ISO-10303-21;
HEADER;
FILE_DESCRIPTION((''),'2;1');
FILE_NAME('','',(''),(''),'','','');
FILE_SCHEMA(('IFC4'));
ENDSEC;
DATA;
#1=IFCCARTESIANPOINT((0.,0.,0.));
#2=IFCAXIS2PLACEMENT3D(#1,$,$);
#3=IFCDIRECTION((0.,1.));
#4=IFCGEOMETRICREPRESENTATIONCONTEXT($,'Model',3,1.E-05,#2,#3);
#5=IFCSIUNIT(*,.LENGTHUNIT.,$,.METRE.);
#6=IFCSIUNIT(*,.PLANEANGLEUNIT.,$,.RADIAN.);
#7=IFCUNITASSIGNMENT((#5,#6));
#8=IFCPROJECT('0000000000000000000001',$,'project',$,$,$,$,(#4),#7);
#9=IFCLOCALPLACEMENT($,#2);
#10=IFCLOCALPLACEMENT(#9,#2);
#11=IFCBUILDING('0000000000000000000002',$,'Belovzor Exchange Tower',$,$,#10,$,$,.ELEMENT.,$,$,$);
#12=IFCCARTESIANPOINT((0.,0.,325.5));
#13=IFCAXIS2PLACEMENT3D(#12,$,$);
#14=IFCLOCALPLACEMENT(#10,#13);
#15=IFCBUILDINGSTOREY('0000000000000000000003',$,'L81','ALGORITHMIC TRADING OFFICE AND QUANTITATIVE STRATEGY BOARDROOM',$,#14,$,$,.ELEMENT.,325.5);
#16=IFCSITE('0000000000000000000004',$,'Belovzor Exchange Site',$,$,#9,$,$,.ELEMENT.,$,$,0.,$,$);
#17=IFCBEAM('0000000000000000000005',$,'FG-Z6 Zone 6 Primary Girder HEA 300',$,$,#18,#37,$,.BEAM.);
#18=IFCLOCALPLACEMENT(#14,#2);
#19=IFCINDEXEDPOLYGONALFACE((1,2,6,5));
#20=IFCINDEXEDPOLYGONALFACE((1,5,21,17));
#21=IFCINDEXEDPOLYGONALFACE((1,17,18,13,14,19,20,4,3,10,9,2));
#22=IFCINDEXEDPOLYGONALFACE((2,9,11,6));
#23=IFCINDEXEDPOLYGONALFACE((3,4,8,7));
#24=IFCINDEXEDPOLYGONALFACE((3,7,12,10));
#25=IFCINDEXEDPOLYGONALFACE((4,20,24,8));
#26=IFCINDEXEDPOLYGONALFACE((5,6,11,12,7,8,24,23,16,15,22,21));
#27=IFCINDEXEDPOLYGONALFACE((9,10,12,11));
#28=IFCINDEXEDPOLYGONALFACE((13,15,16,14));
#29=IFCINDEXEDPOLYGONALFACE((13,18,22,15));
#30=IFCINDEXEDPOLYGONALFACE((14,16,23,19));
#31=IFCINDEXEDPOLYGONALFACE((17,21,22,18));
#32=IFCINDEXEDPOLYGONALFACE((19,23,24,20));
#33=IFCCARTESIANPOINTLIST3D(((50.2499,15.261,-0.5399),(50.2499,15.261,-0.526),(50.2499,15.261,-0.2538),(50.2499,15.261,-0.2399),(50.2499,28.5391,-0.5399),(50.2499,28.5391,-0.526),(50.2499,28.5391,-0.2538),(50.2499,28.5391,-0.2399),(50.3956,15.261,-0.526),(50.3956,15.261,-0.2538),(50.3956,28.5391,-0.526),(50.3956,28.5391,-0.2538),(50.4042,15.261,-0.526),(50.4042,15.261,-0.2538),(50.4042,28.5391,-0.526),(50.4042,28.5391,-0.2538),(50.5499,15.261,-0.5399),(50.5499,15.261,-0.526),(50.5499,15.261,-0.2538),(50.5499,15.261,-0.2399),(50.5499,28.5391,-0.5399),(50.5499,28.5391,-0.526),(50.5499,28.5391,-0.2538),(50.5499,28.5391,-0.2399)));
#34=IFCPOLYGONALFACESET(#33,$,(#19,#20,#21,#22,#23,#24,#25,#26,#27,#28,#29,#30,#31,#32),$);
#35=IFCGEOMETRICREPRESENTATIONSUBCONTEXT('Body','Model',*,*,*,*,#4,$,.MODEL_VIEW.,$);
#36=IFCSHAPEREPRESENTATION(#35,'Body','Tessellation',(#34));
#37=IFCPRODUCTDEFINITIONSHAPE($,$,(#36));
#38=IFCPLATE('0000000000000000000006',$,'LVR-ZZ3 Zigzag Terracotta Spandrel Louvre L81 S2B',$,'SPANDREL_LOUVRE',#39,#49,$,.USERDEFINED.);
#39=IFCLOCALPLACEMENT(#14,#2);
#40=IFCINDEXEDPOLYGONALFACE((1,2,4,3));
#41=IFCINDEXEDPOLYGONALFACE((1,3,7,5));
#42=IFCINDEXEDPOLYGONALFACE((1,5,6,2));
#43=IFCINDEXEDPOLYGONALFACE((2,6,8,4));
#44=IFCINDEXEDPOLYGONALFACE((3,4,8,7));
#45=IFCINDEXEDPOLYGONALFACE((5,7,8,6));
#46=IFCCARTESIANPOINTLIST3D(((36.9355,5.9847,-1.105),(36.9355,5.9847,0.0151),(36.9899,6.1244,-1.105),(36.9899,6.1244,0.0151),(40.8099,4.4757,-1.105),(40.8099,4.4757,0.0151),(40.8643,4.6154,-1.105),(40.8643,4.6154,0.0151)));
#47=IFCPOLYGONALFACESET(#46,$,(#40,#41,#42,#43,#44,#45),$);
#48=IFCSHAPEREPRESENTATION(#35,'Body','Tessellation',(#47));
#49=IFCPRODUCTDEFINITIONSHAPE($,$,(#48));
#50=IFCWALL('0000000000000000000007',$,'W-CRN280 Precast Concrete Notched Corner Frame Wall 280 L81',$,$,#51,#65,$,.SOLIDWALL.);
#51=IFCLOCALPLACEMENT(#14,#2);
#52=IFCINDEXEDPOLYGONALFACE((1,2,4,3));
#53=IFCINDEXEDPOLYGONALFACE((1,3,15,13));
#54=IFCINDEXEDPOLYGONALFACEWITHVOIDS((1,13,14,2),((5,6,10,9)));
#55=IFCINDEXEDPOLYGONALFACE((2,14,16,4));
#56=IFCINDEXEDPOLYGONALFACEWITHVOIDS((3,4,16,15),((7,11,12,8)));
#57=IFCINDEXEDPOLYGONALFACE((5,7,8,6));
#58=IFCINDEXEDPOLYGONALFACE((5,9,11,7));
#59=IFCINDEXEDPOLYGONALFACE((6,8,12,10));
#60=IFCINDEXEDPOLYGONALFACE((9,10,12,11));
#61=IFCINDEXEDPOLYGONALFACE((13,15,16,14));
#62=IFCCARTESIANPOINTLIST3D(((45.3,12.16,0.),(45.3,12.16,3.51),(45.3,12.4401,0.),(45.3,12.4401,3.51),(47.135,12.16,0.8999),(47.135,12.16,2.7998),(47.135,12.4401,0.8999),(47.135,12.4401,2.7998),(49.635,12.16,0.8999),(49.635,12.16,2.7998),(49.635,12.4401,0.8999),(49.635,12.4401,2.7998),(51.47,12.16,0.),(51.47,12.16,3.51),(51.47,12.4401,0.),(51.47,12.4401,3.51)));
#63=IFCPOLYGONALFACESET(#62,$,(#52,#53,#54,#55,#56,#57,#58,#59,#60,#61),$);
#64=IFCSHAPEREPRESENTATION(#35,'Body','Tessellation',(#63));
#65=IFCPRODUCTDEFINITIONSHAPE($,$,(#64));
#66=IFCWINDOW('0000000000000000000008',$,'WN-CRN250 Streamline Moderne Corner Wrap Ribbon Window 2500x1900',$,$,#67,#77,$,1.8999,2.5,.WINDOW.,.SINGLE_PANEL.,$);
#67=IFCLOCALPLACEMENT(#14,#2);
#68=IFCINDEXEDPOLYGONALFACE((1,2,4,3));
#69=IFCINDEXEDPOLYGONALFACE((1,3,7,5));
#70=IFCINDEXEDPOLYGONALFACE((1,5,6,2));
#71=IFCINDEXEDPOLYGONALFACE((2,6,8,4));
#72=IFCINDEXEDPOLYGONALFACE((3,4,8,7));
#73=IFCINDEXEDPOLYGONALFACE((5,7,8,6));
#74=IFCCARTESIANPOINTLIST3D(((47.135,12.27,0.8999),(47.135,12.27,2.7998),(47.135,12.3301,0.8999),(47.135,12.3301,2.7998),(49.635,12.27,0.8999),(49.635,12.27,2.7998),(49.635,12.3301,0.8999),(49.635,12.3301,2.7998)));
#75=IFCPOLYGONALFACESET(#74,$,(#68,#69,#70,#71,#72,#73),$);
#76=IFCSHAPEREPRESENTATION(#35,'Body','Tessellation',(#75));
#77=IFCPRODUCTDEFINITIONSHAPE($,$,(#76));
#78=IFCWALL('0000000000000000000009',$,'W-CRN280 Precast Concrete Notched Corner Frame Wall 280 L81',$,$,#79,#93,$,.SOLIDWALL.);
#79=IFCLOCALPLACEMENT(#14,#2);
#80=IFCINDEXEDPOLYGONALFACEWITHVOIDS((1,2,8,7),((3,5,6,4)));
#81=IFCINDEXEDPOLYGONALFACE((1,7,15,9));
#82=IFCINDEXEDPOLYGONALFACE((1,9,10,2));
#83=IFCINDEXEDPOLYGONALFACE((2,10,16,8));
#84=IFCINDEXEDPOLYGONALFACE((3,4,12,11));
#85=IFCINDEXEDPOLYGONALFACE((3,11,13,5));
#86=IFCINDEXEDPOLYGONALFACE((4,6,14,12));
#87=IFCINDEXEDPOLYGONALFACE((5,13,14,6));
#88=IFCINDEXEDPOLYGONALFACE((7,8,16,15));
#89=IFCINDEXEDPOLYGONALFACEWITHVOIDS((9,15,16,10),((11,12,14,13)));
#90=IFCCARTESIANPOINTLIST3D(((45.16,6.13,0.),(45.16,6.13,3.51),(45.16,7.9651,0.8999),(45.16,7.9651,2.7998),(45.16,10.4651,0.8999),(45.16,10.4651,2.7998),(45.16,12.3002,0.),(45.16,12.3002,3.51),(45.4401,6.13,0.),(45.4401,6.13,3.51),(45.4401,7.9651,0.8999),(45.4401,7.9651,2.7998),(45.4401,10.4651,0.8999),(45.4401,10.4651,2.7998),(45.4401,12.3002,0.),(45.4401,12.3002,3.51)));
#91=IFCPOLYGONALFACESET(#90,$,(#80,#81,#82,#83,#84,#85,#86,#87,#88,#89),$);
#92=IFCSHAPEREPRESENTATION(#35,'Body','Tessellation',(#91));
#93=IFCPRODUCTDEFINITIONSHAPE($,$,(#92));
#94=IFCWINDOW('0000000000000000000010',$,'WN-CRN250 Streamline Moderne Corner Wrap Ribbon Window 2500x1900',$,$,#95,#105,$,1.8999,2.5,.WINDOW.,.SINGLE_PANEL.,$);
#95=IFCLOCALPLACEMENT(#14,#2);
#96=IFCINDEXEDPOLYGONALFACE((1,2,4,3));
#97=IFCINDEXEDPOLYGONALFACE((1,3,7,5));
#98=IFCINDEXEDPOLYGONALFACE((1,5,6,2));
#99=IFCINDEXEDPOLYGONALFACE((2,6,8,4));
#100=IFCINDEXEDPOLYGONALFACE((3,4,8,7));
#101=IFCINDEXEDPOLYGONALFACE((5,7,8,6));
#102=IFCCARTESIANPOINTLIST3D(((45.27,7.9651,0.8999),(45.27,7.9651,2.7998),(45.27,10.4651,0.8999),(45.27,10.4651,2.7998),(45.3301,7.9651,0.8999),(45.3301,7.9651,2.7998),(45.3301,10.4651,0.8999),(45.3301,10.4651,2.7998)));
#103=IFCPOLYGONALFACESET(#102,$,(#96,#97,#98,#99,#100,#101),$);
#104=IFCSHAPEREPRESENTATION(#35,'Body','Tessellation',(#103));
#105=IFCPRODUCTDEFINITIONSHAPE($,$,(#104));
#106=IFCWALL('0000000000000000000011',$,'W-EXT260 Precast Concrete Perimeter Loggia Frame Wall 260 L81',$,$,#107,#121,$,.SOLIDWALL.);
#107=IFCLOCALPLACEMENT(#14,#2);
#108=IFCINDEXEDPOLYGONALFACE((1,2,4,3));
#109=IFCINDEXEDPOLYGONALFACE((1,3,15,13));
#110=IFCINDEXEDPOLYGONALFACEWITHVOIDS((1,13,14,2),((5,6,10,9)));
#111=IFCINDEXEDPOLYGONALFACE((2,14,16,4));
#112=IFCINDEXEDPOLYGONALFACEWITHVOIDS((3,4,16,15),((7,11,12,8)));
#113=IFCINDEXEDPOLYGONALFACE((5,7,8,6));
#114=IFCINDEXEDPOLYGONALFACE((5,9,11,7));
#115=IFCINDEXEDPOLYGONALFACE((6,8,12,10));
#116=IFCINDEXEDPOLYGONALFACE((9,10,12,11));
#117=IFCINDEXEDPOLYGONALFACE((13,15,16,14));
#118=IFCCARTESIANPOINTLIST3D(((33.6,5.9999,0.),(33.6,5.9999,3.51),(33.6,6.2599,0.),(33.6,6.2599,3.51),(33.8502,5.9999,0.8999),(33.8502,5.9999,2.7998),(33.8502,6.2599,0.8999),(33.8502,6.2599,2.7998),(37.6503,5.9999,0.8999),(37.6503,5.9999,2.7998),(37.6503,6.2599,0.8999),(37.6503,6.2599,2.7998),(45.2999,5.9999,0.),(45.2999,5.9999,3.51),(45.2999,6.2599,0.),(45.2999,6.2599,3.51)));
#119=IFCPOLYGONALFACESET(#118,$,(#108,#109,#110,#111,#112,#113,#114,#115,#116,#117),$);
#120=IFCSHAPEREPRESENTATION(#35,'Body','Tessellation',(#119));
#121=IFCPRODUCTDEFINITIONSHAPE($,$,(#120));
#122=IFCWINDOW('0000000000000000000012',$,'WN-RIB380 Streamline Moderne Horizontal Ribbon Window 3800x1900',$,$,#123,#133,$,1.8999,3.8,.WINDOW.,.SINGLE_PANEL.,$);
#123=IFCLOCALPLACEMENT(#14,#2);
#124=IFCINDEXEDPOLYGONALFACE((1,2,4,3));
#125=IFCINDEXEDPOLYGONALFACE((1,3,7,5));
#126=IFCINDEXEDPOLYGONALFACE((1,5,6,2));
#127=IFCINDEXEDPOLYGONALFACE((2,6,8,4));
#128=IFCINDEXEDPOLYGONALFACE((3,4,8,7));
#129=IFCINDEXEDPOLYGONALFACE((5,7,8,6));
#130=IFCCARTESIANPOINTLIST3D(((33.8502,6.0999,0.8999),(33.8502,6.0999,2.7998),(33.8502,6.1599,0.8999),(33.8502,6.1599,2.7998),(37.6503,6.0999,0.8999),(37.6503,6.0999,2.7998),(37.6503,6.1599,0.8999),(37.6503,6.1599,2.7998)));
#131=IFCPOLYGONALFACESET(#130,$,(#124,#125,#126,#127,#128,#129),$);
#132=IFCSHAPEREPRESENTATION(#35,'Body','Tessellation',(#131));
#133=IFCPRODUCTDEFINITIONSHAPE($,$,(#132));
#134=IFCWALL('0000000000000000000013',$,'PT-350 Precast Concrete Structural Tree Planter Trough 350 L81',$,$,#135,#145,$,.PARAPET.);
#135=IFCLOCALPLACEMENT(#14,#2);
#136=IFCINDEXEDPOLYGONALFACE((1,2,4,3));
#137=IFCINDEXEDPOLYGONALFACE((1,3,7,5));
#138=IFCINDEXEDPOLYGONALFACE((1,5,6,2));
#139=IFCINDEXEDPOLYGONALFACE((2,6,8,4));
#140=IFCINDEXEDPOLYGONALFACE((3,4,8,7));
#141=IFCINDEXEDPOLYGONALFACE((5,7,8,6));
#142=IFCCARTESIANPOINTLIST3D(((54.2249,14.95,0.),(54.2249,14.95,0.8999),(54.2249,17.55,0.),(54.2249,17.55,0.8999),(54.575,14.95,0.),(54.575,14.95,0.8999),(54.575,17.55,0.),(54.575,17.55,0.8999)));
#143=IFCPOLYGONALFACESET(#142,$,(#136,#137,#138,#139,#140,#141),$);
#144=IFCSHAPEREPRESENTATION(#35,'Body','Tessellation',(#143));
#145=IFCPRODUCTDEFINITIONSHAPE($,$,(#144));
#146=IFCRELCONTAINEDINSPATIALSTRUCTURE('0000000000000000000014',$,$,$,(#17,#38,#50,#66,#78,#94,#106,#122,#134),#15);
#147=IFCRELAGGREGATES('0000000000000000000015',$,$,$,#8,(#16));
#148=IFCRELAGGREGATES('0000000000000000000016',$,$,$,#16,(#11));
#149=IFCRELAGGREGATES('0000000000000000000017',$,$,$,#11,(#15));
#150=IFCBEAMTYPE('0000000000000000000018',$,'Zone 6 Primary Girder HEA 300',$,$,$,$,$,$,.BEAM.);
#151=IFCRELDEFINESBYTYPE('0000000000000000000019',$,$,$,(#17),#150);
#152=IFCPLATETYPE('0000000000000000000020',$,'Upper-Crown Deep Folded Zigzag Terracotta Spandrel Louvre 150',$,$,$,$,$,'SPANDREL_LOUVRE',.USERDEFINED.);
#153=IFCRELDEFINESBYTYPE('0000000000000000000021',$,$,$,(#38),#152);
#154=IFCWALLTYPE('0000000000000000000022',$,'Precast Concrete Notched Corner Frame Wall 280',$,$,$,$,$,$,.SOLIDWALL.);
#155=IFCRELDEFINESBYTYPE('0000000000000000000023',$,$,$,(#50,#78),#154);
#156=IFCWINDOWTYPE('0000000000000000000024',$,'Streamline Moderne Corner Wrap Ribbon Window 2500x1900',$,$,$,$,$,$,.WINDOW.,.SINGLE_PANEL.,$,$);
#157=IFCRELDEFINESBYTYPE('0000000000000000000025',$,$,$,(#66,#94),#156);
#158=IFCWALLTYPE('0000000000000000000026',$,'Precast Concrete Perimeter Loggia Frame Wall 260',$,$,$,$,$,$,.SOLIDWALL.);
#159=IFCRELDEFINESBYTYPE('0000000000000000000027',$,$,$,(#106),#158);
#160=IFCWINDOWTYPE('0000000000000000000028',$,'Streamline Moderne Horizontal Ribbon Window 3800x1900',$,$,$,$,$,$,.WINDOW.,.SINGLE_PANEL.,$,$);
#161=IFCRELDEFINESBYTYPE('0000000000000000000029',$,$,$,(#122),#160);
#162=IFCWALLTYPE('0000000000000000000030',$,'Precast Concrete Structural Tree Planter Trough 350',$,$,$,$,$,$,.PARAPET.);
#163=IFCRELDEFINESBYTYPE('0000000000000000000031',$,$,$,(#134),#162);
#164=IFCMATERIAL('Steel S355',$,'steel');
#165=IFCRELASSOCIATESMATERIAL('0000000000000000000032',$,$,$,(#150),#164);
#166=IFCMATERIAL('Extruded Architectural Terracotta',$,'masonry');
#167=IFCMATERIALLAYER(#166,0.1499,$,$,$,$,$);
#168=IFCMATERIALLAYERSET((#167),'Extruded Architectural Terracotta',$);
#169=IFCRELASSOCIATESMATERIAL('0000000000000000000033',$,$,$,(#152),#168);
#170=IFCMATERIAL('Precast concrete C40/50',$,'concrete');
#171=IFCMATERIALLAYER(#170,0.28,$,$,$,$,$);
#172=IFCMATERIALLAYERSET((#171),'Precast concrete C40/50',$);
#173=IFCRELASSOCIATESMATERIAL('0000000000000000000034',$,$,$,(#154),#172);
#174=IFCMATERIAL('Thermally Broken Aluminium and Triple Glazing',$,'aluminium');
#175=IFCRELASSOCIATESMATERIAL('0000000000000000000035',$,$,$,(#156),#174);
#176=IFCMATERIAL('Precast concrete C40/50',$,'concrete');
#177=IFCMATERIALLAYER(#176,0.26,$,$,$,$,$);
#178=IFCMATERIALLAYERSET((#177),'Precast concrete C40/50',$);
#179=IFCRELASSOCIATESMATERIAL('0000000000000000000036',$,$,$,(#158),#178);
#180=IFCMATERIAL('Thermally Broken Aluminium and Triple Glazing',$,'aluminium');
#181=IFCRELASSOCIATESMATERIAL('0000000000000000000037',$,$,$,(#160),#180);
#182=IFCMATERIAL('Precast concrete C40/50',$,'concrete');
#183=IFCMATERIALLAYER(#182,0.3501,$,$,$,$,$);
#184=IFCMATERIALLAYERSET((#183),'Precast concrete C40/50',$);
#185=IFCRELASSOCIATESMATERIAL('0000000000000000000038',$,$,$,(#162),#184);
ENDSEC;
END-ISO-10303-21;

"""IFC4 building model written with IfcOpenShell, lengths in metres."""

from ifc_helpers import new_model, si_unit, direction, frame, frame_2d, origin, origin_2d, place, context, subcontext, project, spatial, rectangle, i_section, extrude, material, layer, layer_set, material_profile, profile_set, type_object, element, fill, save


model = new_model("IFC4")

# Units and contexts
model_context = context("Model", 3, precision=1e-05, world=origin(), true_north=direction((0.0, 1.0)))
body_context = subcontext(model_context, "Body", "Model", "MODEL_VIEW")
ifc_project = project(units=[si_unit("LENGTHUNIT", "METRE"), si_unit("PLANEANGLEUNIT", "RADIAN")], contexts=[model_context])

# Site, building, storey
site_placement = place(None, origin())
site = spatial("IfcSite", under=ifc_project, at=site_placement, Name="Belovzor Exchange Site", CompositionType="ELEMENT", RefElevation=0.0)
building_placement = place(site_placement, origin())
building = spatial("IfcBuilding", under=site, at=building_placement, Name="Belovzor Exchange Tower", CompositionType="ELEMENT")
storey_placement = place(building_placement, frame((0.0, 0.0, 325.5)))
storey = spatial("IfcBuildingStorey", under=building, at=storey_placement, Name="L81", Description="ALGORITHMIC TRADING OFFICE AND QUANTITATIVE STRATEGY BOARDROOM", CompositionType="ELEMENT", Elevation=325.5)

# Beam
ifc_material_1 = material(Name="Steel S355", Category="steel")
ifc_material_profile_1 = material_profile(ifc_material_1, i_section(OverallWidth=0.3, OverallDepth=0.3, WebThickness=0.0085, FlangeThickness=0.0139, at=origin_2d()))
ifc_profile_set_1 = profile_set([ifc_material_profile_1], Name="Steel S355")
beam_type_1 = type_object("IfcBeamType", Name="Zone 6 Primary Girder HEA 300", PredefinedType="BEAM", material=ifc_profile_set_1)
beam_1_placement = place(storey_placement, frame((50.3999, 15.261, -0.3899), z_axis=(0.0, 1.0, 0.0), x_axis=(-1.0, 0.0, 0.0)))
element("IfcBeam", 1, at=beam_1_placement, inside=storey, type_object=beam_type_1, Name="FG-Z6 Zone 6 Primary Girder HEA 300", PredefinedType="BEAM", context=body_context, shape_type="SweptSolid", body=[
    extrude(i_section(OverallWidth=0.3, OverallDepth=0.3, WebThickness=0.0085, FlangeThickness=0.0139, at=origin_2d()), origin(), (0.0, 0.0, 1.0), 13.2781),
])

# Plate
ifc_material_2 = material(Name="Extruded Architectural Terracotta", Category="masonry")
ifc_layer_1 = layer(ifc_material_2, 0.1499)
ifc_layer_set_1 = layer_set([ifc_layer_1], Name="Extruded Architectural Terracotta")
plate_type = type_object("IfcPlateType", Name="Upper-Crown Deep Folded Zigzag Terracotta Spandrel Louvre 150", ElementType="SPANDREL_LOUVRE", PredefinedType="USERDEFINED", material=ifc_layer_set_1)
plate_placement = place(storey_placement, frame((38.8999, 5.3, -1.105), z_axis=(0.0, 0.0, 1.0), x_axis=(0.931818, -0.362926, 0.0)))
element("IfcPlate", 2, at=plate_placement, inside=storey, type_object=plate_type, Name="LVR-ZZ3 Zigzag Terracotta Spandrel Louvre L81 S2B", ObjectType="SPANDREL_LOUVRE", PredefinedType="USERDEFINED", context=body_context, shape_type="SweptSolid", body=[
    extrude(rectangle(XDim=4.158, YDim=0.1499, at=origin_2d()), origin(), (0.0, 0.0, 1.0), 1.1201),
])

# Walls, openings, windows
ifc_material_3 = material(Name="Precast concrete C40/50", Category="concrete")
ifc_layer_2 = layer(ifc_material_3, 0.28)
ifc_layer_set_2 = layer_set([ifc_layer_2], Name="Precast concrete C40/50")
wall_type_1 = type_object("IfcWallType", Name="Precast Concrete Notched Corner Frame Wall 280", PredefinedType="SOLIDWALL", material=ifc_layer_set_2)
wall_1_placement = place(storey_placement, frame((51.47, 12.3, 0.0), z_axis=(0.0, 0.0, 1.0), x_axis=(-1.0, 0.0, 0.0)))
wall_1 = element("IfcWall", 3, at=wall_1_placement, inside=storey, type_object=wall_type_1, Name="W-CRN280 Precast Concrete Notched Corner Frame Wall 280 L81", PredefinedType="SOLIDWALL", context=body_context, shape_type="SweptSolid", body=[
    extrude(rectangle(XDim=6.1699, YDim=0.28, at=frame_2d((3.085, 0.0))), origin(), (0.0, 0.0, 1.0), 3.51),
])
opening_1_placement = place(wall_1_placement, frame((1.835, 0.0, 0.8999)))
opening_1 = element("IfcOpeningElement", 4, at=opening_1_placement, cuts=wall_1, PredefinedType="OPENING", context=body_context, shape_type="SweptSolid", body=[
    extrude(rectangle(XDim=2.5, YDim=1.8999, at=frame_2d((1.25, 0.95))), frame((0.0, 0.1499, 0.0), z_axis=(0.0, -1.0, 0.0), x_axis=(1.0, 0.0, 0.0)), (0.0, 0.0, 1.0), 0.3),
])
ifc_material_4 = material(Name="Thermally Broken Aluminium and Triple Glazing", Category="aluminium")
window_type_1 = type_object("IfcWindowType", Name="Streamline Moderne Corner Wrap Ribbon Window 2500x1900", PartitioningType="SINGLE_PANEL", PredefinedType="WINDOW", material=ifc_material_4)
window_1_placement = place(opening_1_placement, origin())
window_1 = element("IfcWindow", 5, at=window_1_placement, inside=storey, type_object=window_type_1, Name="WN-CRN250 Streamline Moderne Corner Wrap Ribbon Window 2500x1900", OverallHeight=1.8999, OverallWidth=2.5, PartitioningType="SINGLE_PANEL", PredefinedType="WINDOW", context=body_context, shape_type="SweptSolid", body=[
    extrude(rectangle(XDim=2.5, YDim=1.8999, at=frame_2d((1.25, 0.95))), frame((0.0, 0.03, 0.0), z_axis=(0.0, -1.0, 0.0), x_axis=(1.0, 0.0, 0.0)), (0.0, 0.0, 1.0), 0.0601),
])
fill(opening_1, window_1)
wall_2_placement = place(storey_placement, frame((45.3, 12.3, 0.0), z_axis=(0.0, 0.0, 1.0), x_axis=(0.0, -1.0, 0.0)))
wall_2 = element("IfcWall", 6, at=wall_2_placement, inside=storey, type_object=wall_type_1, Name="W-CRN280 Precast Concrete Notched Corner Frame Wall 280 L81", PredefinedType="SOLIDWALL", context=body_context, shape_type="SweptSolid", body=[
    extrude(rectangle(XDim=6.1702, YDim=0.28, at=frame_2d((3.085, 0.0))), origin(), (0.0, 0.0, 1.0), 3.51),
])
opening_2_placement = place(wall_2_placement, frame((1.835, 0.0, 0.8999)))
opening_2 = element("IfcOpeningElement", 7, at=opening_2_placement, cuts=wall_2, PredefinedType="OPENING", context=body_context, shape_type="SweptSolid", body=[
    extrude(rectangle(XDim=2.5, YDim=1.8999, at=frame_2d((1.25, 0.95))), frame((0.0, 0.1499, 0.0), z_axis=(0.0, -1.0, 0.0), x_axis=(1.0, 0.0, 0.0)), (0.0, 0.0, 1.0), 0.3),
])
window_2_placement = place(opening_2_placement, origin())
window_2 = element("IfcWindow", 8, at=window_2_placement, inside=storey, type_object=window_type_1, Name="WN-CRN250 Streamline Moderne Corner Wrap Ribbon Window 2500x1900", OverallHeight=1.8999, OverallWidth=2.5, PartitioningType="SINGLE_PANEL", PredefinedType="WINDOW", context=body_context, shape_type="SweptSolid", body=[
    extrude(rectangle(XDim=2.5, YDim=1.8999, at=frame_2d((1.25, 0.95))), frame((0.0, 0.03, 0.0), z_axis=(0.0, -1.0, 0.0), x_axis=(1.0, 0.0, 0.0)), (0.0, 0.0, 1.0), 0.0601),
])
fill(opening_2, window_2)
ifc_material_5 = material(Name="Precast concrete C40/50", Category="concrete")
ifc_layer_3 = layer(ifc_material_5, 0.26)
ifc_layer_set_3 = layer_set([ifc_layer_3], Name="Precast concrete C40/50")
wall_type_2 = type_object("IfcWallType", Name="Precast Concrete Perimeter Loggia Frame Wall 260", PredefinedType="SOLIDWALL", material=ifc_layer_set_3)
wall_3_placement = place(storey_placement, frame((45.3, 6.1299, 0.0), z_axis=(0.0, 0.0, 1.0), x_axis=(-1.0, 0.0, 0.0)))
wall_3 = element("IfcWall", 9, at=wall_3_placement, inside=storey, type_object=wall_type_2, Name="W-EXT260 Precast Concrete Perimeter Loggia Frame Wall 260 L81", PredefinedType="SOLIDWALL", context=body_context, shape_type="SweptSolid", body=[
    extrude(rectangle(XDim=11.7, YDim=0.26, at=frame_2d((5.8501, 0.0))), origin(), (0.0, 0.0, 1.0), 3.51),
])
opening_3_placement = place(wall_3_placement, frame((7.6499, 0.0, 0.8999)))
opening_3 = element("IfcOpeningElement", 10, at=opening_3_placement, cuts=wall_3, PredefinedType="OPENING", context=body_context, shape_type="SweptSolid", body=[
    extrude(rectangle(XDim=3.8, YDim=1.8999, at=frame_2d((1.8999, 0.95))), frame((0.0, 0.1399, 0.0), z_axis=(0.0, -1.0, 0.0), x_axis=(1.0, 0.0, 0.0)), (0.0, 0.0, 1.0), 0.28),
])
ifc_material_6 = material(Name="Thermally Broken Aluminium and Triple Glazing", Category="aluminium")
window_type_2 = type_object("IfcWindowType", Name="Streamline Moderne Horizontal Ribbon Window 3800x1900", PartitioningType="SINGLE_PANEL", PredefinedType="WINDOW", material=ifc_material_6)
window_3_placement = place(opening_3_placement, origin())
window_3 = element("IfcWindow", 11, at=window_3_placement, inside=storey, type_object=window_type_2, Name="WN-RIB380 Streamline Moderne Horizontal Ribbon Window 3800x1900", OverallHeight=1.8999, OverallWidth=3.8, PartitioningType="SINGLE_PANEL", PredefinedType="WINDOW", context=body_context, shape_type="SweptSolid", body=[
    extrude(rectangle(XDim=3.8, YDim=1.8999, at=frame_2d((1.8999, 0.95))), frame((0.0, 0.03, 0.0), z_axis=(0.0, -1.0, 0.0), x_axis=(1.0, 0.0, 0.0)), (0.0, 0.0, 1.0), 0.0601),
])
fill(opening_3, window_3)

# Wall
ifc_material_7 = material(Name="Precast concrete C40/50", Category="concrete")
ifc_layer_4 = layer(ifc_material_7, 0.3501)
ifc_layer_set_4 = layer_set([ifc_layer_4], Name="Precast concrete C40/50")
wall_type_3 = type_object("IfcWallType", Name="Precast Concrete Structural Tree Planter Trough 350", PredefinedType="PARAPET", material=ifc_layer_set_4)
wall_4_placement = place(storey_placement, frame((54.3999, 14.95, 0.0), z_axis=(0.0, 0.0, 1.0), x_axis=(0.0, 1.0, 0.0)))
element("IfcWall", 12, at=wall_4_placement, inside=storey, type_object=wall_type_3, Name="PT-350 Precast Concrete Structural Tree Planter Trough 350 L81", PredefinedType="PARAPET", context=body_context, shape_type="SweptSolid", body=[
    extrude(rectangle(XDim=2.6001, YDim=0.3501, at=frame_2d((1.3, 0.0))), origin(), (0.0, 0.0, 1.0), 0.8999),
])

save(model, "model.ifc")
